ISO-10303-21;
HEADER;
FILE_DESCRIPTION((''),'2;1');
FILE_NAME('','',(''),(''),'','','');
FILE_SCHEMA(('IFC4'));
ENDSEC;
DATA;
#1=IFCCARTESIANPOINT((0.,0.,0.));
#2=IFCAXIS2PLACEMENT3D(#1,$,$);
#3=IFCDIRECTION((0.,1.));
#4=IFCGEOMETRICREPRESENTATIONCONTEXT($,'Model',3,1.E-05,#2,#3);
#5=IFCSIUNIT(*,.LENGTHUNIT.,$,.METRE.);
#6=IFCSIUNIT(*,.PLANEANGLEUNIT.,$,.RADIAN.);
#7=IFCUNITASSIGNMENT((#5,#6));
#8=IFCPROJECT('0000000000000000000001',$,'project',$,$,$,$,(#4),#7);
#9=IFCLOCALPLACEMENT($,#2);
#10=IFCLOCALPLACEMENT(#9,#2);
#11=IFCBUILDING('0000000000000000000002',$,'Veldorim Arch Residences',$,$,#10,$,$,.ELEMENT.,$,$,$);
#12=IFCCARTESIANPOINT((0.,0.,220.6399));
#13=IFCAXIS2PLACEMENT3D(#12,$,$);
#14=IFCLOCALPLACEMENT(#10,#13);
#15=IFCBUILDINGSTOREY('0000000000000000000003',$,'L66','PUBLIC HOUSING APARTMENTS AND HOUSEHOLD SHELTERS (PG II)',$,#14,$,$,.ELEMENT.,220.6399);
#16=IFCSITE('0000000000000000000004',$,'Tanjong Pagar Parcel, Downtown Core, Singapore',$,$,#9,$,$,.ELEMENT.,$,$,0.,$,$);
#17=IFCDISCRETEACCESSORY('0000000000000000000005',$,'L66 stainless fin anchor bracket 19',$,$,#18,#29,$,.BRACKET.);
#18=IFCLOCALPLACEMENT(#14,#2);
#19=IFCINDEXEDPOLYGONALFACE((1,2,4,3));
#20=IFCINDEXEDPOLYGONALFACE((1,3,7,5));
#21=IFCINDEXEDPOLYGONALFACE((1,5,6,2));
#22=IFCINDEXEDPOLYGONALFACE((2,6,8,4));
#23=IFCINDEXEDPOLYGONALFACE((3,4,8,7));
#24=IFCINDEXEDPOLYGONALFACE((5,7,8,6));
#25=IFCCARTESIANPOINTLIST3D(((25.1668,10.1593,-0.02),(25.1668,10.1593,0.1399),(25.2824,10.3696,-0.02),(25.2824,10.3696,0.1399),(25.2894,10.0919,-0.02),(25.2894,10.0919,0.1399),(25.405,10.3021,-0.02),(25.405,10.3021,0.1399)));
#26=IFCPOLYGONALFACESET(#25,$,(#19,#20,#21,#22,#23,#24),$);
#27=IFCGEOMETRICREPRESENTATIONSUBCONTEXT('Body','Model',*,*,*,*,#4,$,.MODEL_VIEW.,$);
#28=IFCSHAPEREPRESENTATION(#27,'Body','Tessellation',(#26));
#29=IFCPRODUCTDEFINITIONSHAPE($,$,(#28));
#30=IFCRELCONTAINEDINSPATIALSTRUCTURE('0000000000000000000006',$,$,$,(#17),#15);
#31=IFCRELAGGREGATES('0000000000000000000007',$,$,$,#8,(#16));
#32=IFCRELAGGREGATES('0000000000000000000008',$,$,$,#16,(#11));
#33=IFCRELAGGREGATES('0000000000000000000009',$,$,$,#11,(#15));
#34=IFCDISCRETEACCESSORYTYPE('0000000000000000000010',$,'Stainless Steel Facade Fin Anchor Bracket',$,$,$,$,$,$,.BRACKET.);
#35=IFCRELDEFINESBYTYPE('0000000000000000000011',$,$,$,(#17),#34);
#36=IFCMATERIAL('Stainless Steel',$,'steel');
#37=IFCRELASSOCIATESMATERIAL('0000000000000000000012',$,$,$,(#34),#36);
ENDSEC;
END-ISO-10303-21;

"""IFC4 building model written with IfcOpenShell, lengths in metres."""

from ifc_helpers import new_model, si_unit, direction, frame, origin, origin_2d, place, context, subcontext, project, spatial, rectangle, extrude, material, type_object, element, save


model = new_model("IFC4")

# Units and contexts
model_context = context("Model", 3, precision=1e-05, world=origin(), true_north=direction((0.0, 1.0)))
body_context = subcontext(model_context, "Body", "Model", "MODEL_VIEW")
ifc_project = project(units=[si_unit("LENGTHUNIT", "METRE"), si_unit("PLANEANGLEUNIT", "RADIAN")], contexts=[model_context])

# Site, building, storey
site_placement = place(None, origin())
site = spatial("IfcSite", under=ifc_project, at=site_placement, Name="Tanjong Pagar Parcel, Downtown Core, Singapore", CompositionType="ELEMENT", RefElevation=0.0)
building_placement = place(site_placement, origin())
building = spatial("IfcBuilding", under=site, at=building_placement, Name="Veldorim Arch Residences", CompositionType="ELEMENT")
storey_placement = place(building_placement, frame((0.0, 0.0, 220.6399)))
storey = spatial("IfcBuildingStorey", under=building, at=storey_placement, Name="L66", Description="PUBLIC HOUSING APARTMENTS AND HOUSEHOLD SHELTERS (PG II)", CompositionType="ELEMENT", Elevation=220.6399)

# Discrete accessory
ifc_material_1 = material(Name="Stainless Steel", Category="steel")
discrete_accessory_type = type_object("IfcDiscreteAccessoryType", Name="Stainless Steel Facade Fin Anchor Bracket", PredefinedType="BRACKET", material=ifc_material_1)
discrete_accessory_placement = place(storey_placement, frame((25.2859, 10.2307, -0.02), z_axis=(0.0, 0.0, 1.0), x_axis=(-0.876223, 0.481907, 0.0)))
element("IfcDiscreteAccessory", 1, at=discrete_accessory_placement, inside=storey, type_object=discrete_accessory_type, Name="L66 stainless fin anchor bracket 19", PredefinedType="BRACKET", context=body_context, shape_type="SweptSolid", body=[
    extrude(rectangle(XDim=0.1399, YDim=0.24, at=origin_2d()), origin(), (0.0, 0.0, 1.0), 0.1599),
])

save(model, "model.ifc")
